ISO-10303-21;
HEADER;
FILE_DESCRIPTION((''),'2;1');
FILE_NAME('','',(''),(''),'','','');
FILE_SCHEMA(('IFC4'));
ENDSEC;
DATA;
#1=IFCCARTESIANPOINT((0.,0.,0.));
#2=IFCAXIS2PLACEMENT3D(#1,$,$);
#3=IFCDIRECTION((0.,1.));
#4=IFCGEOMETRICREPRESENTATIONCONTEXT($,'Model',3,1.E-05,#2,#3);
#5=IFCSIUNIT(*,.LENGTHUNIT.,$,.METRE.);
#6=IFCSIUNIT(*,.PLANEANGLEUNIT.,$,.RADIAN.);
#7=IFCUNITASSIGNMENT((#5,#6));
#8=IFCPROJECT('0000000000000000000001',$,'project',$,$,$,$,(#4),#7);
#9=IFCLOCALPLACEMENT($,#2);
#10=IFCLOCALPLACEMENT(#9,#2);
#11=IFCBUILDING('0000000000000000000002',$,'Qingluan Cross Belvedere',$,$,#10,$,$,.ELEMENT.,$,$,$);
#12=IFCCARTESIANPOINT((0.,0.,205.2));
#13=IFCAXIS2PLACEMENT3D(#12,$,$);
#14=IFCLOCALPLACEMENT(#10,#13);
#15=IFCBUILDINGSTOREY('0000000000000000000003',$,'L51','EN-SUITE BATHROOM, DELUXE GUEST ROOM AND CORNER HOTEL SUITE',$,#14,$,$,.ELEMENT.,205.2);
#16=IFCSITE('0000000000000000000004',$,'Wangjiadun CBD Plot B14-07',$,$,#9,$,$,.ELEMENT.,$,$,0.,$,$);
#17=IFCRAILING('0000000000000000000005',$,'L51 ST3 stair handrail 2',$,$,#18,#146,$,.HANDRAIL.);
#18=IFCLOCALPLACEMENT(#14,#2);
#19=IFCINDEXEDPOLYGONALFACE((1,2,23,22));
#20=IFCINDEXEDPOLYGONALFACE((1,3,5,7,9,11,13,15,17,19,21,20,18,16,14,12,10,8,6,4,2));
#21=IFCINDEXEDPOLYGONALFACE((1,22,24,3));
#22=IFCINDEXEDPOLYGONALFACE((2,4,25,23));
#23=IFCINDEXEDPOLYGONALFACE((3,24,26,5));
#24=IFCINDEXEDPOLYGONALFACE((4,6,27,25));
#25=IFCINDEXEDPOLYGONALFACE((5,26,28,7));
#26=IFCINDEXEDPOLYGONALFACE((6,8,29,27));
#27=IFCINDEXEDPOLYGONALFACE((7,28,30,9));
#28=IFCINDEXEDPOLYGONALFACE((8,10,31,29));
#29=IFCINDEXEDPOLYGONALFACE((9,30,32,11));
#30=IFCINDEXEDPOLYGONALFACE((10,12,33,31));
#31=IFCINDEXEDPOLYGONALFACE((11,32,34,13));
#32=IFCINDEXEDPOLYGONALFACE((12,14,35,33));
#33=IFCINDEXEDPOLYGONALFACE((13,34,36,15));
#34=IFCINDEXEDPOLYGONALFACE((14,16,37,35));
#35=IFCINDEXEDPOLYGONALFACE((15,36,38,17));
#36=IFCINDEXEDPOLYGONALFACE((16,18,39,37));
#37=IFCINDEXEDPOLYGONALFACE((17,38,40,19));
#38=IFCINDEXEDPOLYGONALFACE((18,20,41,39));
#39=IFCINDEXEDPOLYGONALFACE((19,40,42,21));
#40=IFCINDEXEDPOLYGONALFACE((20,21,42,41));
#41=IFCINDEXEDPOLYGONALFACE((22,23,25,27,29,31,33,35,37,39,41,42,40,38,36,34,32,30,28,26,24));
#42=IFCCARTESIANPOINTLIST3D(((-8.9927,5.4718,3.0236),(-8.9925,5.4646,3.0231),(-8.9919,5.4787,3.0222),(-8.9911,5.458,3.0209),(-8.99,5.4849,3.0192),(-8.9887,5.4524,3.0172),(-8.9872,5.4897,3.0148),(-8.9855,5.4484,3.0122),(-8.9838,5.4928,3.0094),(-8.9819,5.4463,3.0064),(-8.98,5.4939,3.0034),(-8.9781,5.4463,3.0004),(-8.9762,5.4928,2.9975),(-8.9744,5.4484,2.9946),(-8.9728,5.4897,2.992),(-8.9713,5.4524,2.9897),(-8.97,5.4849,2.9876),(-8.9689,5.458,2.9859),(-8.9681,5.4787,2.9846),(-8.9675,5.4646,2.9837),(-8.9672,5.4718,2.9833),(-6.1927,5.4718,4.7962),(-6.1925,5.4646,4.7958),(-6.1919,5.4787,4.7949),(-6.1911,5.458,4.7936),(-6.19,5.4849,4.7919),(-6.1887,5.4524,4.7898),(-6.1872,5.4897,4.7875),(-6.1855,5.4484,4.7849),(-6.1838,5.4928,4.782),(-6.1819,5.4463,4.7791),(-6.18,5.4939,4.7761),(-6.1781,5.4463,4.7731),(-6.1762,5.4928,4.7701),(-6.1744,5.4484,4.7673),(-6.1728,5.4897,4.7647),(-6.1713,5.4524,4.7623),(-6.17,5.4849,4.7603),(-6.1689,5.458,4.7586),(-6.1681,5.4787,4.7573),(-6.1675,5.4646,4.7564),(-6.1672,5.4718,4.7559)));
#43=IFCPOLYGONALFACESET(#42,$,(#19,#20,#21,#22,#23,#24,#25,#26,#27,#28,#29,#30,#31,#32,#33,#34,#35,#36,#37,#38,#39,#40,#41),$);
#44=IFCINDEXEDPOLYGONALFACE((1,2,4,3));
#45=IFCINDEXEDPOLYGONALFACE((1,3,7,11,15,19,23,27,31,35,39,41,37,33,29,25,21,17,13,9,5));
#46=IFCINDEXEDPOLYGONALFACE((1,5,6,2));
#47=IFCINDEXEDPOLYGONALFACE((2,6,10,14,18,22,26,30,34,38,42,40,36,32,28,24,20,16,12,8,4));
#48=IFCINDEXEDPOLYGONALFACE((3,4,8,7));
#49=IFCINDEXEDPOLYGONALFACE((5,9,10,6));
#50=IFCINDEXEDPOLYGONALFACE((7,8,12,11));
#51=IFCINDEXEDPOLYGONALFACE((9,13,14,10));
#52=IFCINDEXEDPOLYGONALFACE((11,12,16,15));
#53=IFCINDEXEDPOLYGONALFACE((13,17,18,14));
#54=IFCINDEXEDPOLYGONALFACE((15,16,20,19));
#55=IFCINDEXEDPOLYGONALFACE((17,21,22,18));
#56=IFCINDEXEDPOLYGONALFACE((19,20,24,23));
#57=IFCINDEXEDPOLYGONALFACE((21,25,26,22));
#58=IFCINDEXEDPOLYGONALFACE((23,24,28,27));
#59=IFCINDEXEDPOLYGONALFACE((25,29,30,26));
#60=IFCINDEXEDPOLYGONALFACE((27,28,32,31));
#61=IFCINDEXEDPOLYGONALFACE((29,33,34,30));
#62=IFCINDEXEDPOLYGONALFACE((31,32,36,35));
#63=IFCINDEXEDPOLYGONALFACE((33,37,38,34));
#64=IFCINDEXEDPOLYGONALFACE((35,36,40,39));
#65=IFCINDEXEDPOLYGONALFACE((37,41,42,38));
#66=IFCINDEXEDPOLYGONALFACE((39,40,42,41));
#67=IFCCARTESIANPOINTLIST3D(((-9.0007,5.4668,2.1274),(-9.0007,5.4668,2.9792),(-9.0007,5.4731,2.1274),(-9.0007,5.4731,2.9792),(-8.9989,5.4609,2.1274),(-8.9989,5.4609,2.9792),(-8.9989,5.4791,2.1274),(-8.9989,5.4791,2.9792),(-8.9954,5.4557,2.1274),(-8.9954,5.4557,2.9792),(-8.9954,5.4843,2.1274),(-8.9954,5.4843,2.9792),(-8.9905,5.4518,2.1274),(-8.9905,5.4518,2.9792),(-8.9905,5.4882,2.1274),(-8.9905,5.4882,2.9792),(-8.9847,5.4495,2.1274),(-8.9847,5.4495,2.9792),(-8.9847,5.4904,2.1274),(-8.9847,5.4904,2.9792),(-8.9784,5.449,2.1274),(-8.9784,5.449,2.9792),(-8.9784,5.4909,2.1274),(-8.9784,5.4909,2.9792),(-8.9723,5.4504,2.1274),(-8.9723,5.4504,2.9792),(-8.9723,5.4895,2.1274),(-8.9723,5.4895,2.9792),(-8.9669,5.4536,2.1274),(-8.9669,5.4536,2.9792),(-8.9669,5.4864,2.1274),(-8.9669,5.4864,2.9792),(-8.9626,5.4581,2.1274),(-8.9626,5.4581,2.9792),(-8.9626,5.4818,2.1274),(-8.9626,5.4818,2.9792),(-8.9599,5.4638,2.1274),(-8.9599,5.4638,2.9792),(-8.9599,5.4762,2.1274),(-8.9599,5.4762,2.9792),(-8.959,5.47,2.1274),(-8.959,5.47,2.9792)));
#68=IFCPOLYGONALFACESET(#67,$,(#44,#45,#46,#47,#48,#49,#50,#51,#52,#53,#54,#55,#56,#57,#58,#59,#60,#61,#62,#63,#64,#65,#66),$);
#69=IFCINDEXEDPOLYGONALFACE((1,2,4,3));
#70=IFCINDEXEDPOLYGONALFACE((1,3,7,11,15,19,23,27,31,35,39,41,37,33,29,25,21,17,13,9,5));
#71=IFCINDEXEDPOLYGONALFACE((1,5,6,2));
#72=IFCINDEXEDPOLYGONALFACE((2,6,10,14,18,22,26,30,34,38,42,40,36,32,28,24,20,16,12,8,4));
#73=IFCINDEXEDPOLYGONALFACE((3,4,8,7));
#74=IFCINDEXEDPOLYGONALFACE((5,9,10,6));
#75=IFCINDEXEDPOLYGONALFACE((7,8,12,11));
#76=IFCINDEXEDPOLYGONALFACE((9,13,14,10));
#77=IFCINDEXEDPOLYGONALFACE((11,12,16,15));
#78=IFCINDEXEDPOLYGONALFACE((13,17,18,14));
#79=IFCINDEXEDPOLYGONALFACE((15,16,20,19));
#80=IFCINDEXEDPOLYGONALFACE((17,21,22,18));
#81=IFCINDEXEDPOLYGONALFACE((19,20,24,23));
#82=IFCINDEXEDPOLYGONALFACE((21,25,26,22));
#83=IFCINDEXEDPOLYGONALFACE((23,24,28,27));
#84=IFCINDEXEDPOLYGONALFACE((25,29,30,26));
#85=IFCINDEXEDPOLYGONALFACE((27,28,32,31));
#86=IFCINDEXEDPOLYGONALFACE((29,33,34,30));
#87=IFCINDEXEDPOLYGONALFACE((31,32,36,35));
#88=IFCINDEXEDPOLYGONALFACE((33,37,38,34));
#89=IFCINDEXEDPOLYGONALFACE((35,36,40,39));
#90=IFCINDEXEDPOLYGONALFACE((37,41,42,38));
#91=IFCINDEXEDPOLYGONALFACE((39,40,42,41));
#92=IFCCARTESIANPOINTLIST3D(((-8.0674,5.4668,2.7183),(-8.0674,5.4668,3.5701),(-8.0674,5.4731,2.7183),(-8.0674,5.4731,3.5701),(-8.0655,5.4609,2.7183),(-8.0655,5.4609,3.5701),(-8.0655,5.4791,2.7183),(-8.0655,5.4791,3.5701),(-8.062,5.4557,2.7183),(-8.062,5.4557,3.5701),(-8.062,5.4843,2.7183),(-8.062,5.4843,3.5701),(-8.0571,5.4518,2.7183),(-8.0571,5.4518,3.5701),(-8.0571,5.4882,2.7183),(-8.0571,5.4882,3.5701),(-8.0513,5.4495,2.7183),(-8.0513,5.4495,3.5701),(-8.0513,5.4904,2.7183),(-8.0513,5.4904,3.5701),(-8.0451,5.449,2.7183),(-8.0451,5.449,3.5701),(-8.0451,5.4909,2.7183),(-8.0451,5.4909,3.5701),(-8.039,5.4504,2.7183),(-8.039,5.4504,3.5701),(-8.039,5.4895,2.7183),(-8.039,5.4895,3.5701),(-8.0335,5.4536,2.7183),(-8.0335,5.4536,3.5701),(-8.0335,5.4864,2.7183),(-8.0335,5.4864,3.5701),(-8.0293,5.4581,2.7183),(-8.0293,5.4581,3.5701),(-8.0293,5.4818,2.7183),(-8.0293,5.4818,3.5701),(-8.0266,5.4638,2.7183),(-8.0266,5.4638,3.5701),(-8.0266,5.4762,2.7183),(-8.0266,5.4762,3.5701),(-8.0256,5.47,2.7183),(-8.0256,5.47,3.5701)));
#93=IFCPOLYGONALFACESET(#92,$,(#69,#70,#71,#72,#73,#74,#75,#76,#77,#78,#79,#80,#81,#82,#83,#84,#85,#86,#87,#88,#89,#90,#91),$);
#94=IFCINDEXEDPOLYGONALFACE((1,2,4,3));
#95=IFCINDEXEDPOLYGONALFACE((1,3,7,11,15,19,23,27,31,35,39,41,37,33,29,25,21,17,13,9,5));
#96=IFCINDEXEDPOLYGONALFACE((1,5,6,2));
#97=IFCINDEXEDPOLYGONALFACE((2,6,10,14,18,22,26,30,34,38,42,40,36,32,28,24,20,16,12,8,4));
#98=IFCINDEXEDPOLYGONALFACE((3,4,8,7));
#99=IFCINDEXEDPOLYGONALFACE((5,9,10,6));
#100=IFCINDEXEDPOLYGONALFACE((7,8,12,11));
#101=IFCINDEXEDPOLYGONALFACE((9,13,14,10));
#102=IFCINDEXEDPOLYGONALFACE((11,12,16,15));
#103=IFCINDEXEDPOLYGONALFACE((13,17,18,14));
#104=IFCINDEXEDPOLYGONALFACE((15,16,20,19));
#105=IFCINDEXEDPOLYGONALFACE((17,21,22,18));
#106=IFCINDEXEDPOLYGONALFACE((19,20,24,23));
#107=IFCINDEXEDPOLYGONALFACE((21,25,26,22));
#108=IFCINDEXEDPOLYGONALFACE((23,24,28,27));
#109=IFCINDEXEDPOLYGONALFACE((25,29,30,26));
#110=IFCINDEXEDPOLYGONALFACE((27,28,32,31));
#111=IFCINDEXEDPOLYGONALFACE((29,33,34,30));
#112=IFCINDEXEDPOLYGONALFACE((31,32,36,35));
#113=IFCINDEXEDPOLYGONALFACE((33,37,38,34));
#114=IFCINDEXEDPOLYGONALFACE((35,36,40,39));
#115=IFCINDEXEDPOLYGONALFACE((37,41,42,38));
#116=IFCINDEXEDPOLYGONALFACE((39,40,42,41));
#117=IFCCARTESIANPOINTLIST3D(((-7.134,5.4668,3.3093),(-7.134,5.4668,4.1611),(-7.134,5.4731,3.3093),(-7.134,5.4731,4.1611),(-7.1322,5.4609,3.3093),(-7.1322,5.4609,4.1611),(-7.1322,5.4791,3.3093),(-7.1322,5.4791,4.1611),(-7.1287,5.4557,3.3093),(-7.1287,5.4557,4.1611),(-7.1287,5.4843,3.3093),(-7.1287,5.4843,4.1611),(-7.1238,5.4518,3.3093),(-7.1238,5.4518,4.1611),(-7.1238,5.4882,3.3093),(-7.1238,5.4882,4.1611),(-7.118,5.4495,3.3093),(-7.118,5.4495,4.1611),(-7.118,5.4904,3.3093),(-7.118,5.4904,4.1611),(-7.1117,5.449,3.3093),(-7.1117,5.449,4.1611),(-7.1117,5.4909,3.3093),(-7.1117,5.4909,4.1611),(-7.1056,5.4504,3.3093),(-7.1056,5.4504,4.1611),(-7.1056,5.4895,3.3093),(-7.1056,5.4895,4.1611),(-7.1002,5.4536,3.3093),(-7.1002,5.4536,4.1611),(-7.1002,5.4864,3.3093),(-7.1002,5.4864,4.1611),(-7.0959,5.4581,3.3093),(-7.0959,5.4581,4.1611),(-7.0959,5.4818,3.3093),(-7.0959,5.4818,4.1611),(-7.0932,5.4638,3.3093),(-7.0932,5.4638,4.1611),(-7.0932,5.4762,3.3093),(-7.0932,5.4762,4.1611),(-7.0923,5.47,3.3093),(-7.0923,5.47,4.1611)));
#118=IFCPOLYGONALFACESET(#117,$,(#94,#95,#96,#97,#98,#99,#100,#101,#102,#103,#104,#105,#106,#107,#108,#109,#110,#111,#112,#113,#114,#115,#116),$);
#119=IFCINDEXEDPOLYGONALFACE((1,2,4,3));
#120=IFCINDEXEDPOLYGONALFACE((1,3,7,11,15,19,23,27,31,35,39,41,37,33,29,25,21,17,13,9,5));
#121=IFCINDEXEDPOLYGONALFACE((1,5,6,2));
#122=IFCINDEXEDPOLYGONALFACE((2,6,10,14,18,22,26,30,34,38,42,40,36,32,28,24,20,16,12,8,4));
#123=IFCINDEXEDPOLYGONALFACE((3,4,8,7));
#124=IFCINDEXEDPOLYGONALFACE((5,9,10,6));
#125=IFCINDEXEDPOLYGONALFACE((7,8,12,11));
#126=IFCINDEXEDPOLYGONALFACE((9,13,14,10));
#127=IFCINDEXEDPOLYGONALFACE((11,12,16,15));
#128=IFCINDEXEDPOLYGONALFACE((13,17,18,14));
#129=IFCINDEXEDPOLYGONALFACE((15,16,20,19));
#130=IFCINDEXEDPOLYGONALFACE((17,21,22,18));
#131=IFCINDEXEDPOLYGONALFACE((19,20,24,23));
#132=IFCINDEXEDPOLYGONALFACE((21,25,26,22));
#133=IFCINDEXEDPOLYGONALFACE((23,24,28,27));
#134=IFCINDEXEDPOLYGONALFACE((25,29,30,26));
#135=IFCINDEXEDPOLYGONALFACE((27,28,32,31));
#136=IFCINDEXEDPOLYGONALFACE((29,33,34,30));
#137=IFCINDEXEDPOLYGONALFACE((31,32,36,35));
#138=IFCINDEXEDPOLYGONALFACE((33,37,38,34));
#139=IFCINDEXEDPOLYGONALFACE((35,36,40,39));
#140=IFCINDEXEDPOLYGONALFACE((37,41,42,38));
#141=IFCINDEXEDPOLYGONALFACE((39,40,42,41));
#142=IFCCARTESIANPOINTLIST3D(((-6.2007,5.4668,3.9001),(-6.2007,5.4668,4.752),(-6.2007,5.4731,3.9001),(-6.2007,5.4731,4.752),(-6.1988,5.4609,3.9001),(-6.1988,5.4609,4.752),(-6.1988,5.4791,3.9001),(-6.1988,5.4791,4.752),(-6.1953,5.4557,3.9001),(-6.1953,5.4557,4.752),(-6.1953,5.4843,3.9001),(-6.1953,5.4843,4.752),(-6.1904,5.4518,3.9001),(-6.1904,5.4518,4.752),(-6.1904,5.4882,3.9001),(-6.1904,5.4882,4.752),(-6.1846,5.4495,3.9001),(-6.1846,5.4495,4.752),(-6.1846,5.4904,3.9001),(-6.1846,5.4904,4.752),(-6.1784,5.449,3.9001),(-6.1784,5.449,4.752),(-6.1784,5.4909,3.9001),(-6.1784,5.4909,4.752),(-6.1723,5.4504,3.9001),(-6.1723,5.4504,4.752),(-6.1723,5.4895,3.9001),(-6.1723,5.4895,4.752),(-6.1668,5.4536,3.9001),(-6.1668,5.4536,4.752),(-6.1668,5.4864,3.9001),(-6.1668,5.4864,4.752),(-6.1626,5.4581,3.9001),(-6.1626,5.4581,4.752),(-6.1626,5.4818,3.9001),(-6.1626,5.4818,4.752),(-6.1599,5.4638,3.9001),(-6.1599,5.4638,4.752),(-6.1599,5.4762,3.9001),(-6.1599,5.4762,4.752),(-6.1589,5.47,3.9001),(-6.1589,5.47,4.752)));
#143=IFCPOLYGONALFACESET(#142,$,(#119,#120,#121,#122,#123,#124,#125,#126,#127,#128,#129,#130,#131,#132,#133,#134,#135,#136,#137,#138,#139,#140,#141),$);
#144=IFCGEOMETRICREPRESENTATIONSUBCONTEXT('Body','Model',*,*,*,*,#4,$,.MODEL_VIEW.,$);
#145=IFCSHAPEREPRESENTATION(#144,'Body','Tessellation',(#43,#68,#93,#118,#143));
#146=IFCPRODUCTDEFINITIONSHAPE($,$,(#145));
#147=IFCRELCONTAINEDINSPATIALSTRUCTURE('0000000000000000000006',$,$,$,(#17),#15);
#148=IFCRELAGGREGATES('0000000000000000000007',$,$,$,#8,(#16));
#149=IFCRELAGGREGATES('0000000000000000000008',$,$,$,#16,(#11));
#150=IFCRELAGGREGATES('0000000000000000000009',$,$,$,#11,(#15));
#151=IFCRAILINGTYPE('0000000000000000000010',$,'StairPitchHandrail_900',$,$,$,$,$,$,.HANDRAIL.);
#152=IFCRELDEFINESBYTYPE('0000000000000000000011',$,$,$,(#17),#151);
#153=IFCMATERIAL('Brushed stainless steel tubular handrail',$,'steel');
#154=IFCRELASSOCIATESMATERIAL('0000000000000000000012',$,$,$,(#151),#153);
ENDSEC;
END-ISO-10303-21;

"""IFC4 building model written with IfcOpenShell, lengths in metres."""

from ifc_helpers import new_model, si_unit, direction, frame, origin, origin_2d, place, context, subcontext, project, spatial, circle, extrude, material, type_object, element, save


model = new_model("IFC4")

# Units and contexts
model_context = context("Model", 3, precision=1e-05, world=origin(), true_north=direction((0.0, 1.0)))
body_context = subcontext(model_context, "Body", "Model", "MODEL_VIEW")
ifc_project = project(units=[si_unit("LENGTHUNIT", "METRE"), si_unit("PLANEANGLEUNIT", "RADIAN")], contexts=[model_context])

# Site, building, storey
site_placement = place(None, origin())
site = spatial("IfcSite", under=ifc_project, at=site_placement, Name="Wangjiadun CBD Plot B14-07", CompositionType="ELEMENT", RefElevation=0.0)
building_placement = place(site_placement, origin())
building = spatial("IfcBuilding", under=site, at=building_placement, Name="Qingluan Cross Belvedere", CompositionType="ELEMENT")
storey_placement = place(building_placement, frame((0.0, 0.0, 205.2)))
storey = spatial("IfcBuildingStorey", under=building, at=storey_placement, Name="L51", Description="EN-SUITE BATHROOM, DELUXE GUEST ROOM AND CORNER HOTEL SUITE", CompositionType="ELEMENT", Elevation=205.2)

# Railing
ifc_material_1 = material(Name="Brushed stainless steel tubular handrail", Category="steel")
railing_type_1 = type_object("IfcRailingType", Name="StairPitchHandrail_900", PredefinedType="HANDRAIL", material=ifc_material_1)
railing_1_placement = place(storey_placement, frame((-8.98, 5.47, 2.1274)))
element("IfcRailing", 1, at=railing_1_placement, inside=storey, type_object=railing_type_1, Name="L51 ST3 stair handrail 2", PredefinedType="HANDRAIL", context=body_context, shape_type="SweptSolid", body=[
    extrude(circle(Radius=0.0239, at=origin_2d()), frame((0.0, 0.0, 0.876), z_axis=(0.844909, 0.0, 0.53491), x_axis=(0.0, 1.0, 0.0)), (0.0, 0.0, 1.0), 3.314),
    extrude(circle(Radius=0.021, at=origin_2d()), origin(), (0.0, 0.0, 1.0), 0.8518),
    extrude(circle(Radius=0.021, at=origin_2d()), frame((0.9333, 0.0, 0.5908)), (0.0, 0.0, 1.0), 0.8518),
    extrude(circle(Radius=0.021, at=origin_2d()), frame((1.8667, 0.0, 1.1819)), (0.0, 0.0, 1.0), 0.8518),
    extrude(circle(Radius=0.021, at=origin_2d()), frame((2.8, 0.0, 1.7727)), (0.0, 0.0, 1.0), 0.8518),
])

save(model, "model.ifc")
